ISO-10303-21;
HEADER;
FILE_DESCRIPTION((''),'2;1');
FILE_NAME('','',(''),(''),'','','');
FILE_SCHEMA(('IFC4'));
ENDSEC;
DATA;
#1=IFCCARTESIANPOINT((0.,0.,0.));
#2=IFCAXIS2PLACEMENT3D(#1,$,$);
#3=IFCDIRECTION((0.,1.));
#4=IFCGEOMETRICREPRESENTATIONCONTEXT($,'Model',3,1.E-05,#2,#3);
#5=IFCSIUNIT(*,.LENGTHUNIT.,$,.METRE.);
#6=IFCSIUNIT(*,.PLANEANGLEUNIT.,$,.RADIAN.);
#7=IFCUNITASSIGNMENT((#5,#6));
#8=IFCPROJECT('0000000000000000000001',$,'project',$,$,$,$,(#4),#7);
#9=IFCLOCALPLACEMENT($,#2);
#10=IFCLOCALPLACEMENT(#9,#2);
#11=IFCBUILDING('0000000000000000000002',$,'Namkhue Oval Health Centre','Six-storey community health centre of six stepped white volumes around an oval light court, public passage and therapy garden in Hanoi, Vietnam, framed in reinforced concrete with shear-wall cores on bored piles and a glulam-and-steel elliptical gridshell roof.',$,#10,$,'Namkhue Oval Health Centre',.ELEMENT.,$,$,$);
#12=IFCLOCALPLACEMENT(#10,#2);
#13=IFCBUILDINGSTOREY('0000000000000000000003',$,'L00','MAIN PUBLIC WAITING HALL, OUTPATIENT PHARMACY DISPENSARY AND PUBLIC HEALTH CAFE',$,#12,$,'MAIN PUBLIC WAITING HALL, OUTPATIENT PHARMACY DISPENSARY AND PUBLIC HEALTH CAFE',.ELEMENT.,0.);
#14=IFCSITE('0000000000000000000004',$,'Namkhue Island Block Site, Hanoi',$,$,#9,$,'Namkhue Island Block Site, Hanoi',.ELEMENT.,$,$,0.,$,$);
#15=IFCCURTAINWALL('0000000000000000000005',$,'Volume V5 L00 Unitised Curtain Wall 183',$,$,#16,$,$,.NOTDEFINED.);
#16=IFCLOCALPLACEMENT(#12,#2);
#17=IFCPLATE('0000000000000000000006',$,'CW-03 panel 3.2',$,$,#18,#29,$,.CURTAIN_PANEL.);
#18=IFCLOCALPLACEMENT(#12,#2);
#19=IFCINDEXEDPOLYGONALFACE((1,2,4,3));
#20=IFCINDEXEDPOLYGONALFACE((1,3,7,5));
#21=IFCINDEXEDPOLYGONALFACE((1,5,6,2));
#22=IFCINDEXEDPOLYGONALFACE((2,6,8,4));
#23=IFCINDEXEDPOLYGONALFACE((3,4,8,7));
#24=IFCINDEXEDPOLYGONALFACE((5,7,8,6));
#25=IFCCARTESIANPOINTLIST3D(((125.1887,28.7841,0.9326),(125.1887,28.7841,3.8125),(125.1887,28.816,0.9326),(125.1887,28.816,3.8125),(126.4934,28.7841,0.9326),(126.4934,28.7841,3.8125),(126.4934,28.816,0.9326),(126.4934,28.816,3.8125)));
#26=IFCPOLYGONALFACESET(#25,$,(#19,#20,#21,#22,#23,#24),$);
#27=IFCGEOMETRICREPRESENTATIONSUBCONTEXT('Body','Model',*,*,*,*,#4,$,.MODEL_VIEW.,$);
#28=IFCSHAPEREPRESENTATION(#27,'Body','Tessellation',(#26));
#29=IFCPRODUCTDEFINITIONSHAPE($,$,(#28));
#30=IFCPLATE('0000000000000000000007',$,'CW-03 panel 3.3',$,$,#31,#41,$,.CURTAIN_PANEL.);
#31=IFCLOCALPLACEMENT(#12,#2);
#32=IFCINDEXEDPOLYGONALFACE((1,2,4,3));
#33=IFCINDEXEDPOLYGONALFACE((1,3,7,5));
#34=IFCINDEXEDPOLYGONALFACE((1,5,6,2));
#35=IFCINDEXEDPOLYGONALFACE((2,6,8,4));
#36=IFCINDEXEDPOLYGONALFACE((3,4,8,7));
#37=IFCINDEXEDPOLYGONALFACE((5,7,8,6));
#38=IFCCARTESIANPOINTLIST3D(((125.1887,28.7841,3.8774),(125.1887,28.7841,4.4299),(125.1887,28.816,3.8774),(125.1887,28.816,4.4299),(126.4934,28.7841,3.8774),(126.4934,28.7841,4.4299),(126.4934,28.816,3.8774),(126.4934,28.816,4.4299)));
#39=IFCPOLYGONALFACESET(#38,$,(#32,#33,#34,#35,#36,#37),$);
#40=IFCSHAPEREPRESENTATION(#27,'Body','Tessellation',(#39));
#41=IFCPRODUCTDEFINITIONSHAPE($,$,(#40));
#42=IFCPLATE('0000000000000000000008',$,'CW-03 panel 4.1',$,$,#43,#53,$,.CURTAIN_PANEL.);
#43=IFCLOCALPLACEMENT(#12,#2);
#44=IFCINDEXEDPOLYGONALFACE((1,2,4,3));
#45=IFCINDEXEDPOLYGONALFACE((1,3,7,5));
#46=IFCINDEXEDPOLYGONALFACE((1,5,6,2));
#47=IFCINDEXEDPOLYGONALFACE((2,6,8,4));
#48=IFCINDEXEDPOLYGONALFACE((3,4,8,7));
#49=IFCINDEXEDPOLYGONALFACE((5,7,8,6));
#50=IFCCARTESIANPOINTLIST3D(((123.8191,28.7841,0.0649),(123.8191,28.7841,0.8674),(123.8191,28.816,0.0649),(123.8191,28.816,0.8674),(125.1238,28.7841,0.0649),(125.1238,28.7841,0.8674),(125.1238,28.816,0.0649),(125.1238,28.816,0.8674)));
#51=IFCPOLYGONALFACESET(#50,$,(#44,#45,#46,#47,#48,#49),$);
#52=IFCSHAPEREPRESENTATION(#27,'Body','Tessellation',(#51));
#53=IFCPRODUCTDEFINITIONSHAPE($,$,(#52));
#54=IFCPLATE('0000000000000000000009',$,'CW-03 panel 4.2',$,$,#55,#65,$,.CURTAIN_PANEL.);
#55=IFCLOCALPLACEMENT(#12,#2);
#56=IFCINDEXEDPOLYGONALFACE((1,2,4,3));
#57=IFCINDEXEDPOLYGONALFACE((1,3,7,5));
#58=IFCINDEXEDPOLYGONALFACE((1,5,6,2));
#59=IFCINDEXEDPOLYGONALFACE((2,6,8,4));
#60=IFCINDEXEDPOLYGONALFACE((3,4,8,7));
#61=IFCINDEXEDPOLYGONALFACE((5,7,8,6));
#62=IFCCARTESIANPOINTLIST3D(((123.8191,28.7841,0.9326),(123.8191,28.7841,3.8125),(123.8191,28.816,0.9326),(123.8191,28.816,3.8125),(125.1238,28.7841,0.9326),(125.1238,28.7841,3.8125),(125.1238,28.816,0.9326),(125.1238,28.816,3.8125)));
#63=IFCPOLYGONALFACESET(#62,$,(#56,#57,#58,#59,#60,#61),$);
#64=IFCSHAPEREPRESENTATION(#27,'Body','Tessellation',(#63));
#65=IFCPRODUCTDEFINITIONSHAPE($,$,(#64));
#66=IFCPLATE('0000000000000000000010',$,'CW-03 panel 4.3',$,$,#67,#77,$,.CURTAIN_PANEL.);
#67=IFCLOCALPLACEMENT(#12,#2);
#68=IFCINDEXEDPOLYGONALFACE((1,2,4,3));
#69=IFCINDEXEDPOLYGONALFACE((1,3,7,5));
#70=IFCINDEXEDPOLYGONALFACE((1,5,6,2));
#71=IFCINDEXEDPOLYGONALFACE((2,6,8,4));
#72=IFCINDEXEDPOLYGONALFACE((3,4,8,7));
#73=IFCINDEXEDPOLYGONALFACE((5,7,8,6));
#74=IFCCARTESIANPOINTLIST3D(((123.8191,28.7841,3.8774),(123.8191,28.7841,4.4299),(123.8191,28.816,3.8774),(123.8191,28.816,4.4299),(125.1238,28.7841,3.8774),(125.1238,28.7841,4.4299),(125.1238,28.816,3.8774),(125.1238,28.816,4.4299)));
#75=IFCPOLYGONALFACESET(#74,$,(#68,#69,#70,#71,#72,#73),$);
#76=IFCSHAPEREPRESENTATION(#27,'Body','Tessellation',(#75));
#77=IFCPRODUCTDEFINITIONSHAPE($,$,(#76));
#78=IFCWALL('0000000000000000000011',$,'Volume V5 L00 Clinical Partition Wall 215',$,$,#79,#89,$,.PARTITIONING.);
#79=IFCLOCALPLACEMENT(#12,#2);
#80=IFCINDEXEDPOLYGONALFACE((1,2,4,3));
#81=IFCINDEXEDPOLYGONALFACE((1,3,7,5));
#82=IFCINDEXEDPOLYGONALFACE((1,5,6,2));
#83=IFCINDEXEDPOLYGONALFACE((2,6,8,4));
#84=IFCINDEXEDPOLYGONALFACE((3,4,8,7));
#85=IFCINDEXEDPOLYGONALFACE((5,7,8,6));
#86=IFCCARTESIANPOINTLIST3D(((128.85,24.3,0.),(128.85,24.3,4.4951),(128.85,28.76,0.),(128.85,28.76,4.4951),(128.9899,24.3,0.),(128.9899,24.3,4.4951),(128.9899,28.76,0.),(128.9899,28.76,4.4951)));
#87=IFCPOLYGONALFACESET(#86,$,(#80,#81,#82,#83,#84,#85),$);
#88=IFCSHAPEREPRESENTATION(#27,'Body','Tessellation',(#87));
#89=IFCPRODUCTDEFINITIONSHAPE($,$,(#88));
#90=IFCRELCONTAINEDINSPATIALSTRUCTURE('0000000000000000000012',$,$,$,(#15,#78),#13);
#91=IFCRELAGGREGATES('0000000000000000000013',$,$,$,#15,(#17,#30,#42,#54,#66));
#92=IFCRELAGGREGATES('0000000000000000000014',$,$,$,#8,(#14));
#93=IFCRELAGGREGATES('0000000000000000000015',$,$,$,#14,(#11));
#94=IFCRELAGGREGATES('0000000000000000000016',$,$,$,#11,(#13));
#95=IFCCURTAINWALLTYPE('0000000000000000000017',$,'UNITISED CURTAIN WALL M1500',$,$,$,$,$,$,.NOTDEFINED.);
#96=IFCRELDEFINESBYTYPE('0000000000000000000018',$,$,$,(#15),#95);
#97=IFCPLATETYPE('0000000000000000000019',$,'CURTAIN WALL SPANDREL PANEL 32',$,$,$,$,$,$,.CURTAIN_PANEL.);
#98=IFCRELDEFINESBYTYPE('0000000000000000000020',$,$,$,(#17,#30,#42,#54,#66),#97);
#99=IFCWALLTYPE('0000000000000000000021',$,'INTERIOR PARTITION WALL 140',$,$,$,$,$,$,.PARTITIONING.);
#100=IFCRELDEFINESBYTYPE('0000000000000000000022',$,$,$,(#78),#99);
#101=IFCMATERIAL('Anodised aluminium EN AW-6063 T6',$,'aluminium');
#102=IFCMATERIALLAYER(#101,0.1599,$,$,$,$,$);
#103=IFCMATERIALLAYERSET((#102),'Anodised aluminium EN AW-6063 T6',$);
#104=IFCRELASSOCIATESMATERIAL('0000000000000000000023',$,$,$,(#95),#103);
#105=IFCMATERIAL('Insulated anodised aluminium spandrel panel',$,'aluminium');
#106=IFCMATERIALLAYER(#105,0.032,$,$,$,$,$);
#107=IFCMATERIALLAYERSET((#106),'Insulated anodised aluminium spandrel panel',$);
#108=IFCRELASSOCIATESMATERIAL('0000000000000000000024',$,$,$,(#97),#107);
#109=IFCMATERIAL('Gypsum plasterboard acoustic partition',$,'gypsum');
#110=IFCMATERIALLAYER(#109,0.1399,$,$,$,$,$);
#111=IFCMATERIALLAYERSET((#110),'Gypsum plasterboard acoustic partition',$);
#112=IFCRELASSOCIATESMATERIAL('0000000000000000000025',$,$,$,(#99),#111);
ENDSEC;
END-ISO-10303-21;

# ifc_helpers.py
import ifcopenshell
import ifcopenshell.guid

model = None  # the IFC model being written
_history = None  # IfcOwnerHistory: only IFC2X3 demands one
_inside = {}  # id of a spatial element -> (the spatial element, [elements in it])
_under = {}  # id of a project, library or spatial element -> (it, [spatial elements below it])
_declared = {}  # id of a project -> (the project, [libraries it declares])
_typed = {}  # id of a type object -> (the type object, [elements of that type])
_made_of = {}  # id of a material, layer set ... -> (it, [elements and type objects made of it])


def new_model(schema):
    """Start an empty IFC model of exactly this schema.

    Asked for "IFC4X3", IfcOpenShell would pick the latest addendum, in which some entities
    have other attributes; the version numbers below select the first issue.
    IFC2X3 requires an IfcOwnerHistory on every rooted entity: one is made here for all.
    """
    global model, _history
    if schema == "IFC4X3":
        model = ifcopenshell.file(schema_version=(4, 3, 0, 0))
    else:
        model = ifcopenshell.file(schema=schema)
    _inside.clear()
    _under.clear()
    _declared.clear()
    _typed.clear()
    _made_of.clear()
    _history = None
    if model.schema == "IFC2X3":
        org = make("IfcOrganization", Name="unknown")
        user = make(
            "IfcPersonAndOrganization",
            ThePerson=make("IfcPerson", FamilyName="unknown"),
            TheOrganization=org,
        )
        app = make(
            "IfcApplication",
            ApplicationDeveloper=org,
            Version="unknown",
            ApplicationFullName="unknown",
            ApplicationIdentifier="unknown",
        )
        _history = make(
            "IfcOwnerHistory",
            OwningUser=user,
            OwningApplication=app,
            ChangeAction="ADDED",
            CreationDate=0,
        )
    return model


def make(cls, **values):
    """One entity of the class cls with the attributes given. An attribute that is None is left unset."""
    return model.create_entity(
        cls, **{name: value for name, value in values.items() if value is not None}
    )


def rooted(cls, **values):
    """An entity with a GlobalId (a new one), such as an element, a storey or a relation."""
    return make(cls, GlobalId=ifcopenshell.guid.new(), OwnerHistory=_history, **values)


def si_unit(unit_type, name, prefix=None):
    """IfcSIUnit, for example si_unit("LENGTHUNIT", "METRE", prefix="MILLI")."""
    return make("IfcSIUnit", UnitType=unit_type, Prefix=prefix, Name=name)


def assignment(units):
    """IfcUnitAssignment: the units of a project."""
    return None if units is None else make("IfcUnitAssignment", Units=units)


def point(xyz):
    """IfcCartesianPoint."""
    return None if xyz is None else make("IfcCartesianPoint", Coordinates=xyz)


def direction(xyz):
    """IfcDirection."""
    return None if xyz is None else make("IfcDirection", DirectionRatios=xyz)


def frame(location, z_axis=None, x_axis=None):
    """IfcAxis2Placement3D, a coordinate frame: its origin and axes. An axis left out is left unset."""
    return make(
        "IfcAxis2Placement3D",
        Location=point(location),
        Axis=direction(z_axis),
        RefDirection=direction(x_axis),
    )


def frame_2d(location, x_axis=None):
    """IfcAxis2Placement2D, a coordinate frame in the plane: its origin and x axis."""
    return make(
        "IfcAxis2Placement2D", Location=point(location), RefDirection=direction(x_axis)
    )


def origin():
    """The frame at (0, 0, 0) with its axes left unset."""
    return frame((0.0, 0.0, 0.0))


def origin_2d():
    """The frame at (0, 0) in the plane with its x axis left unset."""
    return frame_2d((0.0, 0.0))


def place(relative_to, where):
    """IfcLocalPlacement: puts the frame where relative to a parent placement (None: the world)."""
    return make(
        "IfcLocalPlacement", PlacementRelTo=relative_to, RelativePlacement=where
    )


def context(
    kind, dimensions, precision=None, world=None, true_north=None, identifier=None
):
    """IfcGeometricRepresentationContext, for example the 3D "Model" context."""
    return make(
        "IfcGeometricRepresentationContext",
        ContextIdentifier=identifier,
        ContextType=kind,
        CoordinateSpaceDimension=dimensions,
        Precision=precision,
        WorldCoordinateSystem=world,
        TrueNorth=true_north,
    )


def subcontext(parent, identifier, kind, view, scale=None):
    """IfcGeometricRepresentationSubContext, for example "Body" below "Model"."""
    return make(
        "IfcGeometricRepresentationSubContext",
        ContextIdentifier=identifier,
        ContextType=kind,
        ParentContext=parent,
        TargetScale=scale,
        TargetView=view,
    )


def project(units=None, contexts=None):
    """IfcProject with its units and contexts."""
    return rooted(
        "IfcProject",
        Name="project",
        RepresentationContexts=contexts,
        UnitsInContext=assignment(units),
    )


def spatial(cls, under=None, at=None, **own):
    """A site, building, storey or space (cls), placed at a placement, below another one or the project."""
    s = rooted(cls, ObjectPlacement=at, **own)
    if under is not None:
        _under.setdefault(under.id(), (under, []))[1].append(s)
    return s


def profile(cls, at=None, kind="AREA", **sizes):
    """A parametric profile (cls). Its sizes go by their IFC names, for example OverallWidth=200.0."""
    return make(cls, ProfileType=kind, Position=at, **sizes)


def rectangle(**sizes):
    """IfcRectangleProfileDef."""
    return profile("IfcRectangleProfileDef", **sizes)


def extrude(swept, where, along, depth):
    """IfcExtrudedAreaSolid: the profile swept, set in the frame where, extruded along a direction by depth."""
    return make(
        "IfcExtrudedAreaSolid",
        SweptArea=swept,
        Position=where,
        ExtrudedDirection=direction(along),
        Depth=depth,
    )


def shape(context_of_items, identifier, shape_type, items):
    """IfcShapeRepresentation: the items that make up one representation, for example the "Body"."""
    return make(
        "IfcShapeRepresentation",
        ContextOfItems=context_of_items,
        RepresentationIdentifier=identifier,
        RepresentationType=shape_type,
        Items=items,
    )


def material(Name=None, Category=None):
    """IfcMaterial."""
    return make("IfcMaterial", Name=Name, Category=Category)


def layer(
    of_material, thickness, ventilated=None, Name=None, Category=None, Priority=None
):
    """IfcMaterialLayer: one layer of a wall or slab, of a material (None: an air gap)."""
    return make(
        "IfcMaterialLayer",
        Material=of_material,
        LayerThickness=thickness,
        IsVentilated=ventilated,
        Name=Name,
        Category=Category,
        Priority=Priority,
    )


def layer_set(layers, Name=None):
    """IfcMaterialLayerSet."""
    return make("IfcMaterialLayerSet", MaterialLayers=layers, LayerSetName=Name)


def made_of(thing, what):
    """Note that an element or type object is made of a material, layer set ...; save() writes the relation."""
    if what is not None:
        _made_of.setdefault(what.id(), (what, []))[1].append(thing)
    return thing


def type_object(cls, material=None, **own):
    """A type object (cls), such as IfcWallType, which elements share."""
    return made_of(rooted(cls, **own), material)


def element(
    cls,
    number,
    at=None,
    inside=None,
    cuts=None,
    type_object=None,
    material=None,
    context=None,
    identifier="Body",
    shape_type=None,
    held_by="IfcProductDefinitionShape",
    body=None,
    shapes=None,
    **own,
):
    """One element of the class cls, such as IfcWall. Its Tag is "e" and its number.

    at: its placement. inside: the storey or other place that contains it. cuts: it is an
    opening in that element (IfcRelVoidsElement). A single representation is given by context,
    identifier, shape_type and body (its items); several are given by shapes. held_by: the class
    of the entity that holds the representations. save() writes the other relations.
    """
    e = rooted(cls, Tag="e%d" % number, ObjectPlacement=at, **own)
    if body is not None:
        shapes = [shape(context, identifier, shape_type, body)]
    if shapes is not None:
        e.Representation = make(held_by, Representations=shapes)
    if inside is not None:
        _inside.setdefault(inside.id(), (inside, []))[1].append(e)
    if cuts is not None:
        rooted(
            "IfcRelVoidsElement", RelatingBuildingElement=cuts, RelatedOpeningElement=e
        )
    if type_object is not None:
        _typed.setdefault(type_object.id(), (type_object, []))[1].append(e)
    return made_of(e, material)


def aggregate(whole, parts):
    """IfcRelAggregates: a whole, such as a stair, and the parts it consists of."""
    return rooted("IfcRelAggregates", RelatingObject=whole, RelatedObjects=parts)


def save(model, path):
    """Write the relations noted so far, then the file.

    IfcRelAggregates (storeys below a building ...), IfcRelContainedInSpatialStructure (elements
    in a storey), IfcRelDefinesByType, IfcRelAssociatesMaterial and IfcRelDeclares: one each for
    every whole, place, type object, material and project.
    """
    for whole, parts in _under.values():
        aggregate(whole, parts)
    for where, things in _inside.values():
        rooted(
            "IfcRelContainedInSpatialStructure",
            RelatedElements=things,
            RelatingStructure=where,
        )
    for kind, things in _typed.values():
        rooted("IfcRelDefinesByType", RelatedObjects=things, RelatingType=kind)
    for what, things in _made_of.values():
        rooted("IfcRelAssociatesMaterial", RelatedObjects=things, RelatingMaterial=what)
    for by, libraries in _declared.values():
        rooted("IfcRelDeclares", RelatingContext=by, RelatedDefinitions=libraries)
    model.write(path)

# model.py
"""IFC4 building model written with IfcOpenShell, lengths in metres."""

from ifc_helpers import new_model, si_unit, direction, frame, frame_2d, origin, origin_2d, place, context, subcontext, project, spatial, rectangle, extrude, material, layer, layer_set, type_object, element, aggregate, save


model = new_model("IFC4")

# Units and contexts
model_context = context("Model", 3, precision=1e-05, world=origin(), true_north=direction((0.0, 1.0)))
body_context = subcontext(model_context, "Body", "Model", "MODEL_VIEW")
ifc_project = project(units=[si_unit("LENGTHUNIT", "METRE"), si_unit("PLANEANGLEUNIT", "RADIAN")], contexts=[model_context])

# Site, building, storey
site_placement = place(None, origin())
site = spatial("IfcSite", under=ifc_project, at=site_placement, Name="Namkhue Island Block Site, Hanoi", LongName="Namkhue Island Block Site, Hanoi", CompositionType="ELEMENT", RefElevation=0.0)
building_placement = place(site_placement, origin())
building = spatial("IfcBuilding", under=site, at=building_placement, Name="Namkhue Oval Health Centre", Description="Six-storey community health centre of six stepped white volumes around an oval light court, public passage and therapy garden in Hanoi, Vietnam, framed in reinforced concrete with shear-wall cores on bored piles and a glulam-and-steel elliptical gridshell roof.", LongName="Namkhue Oval Health Centre", CompositionType="ELEMENT")
storey_placement = place(building_placement, origin())
storey = spatial("IfcBuildingStorey", under=building, at=storey_placement, Name="L00", Description="MAIN PUBLIC WAITING HALL, OUTPATIENT PHARMACY DISPENSARY AND PUBLIC HEALTH CAFE", LongName="MAIN PUBLIC WAITING HALL, OUTPATIENT PHARMACY DISPENSARY AND PUBLIC HEALTH CAFE", CompositionType="ELEMENT", Elevation=0.0)

# Shared definitions
ifc_material_1 = material(Name="Anodised aluminium EN AW-6063 T6", Category="aluminium")

# Curtain wall
ifc_layer_1 = layer(ifc_material_1, 0.1599)
ifc_layer_set_1 = layer_set([ifc_layer_1], Name="Anodised aluminium EN AW-6063 T6")
curtain_wall_type_1 = type_object("IfcCurtainWallType", Name="UNITISED CURTAIN WALL M1500", PredefinedType="NOTDEFINED", material=ifc_layer_set_1)
curtain_wall_1_placement = place(storey_placement, origin())
curtain_wall_1 = element("IfcCurtainWall", 1, at=curtain_wall_1_placement, inside=storey, type_object=curtain_wall_type_1, Name="Volume V5 L00 Unitised Curtain Wall 183", PredefinedType="NOTDEFINED")

# Plates
ifc_material_2 = material(Name="Insulated anodised aluminium spandrel panel", Category="aluminium")
ifc_layer_2 = layer(ifc_material_2, 0.032)
ifc_layer_set_2 = layer_set([ifc_layer_2], Name="Insulated anodised aluminium spandrel panel")
plate_type_1 = type_object("IfcPlateType", Name="CURTAIN WALL SPANDREL PANEL 32", PredefinedType="CURTAIN_PANEL", material=ifc_layer_set_2)
plate_1_placement = place(storey_placement, frame((125.8411, 28.8, 0.9326), z_axis=(0.0, 0.0, 1.0), x_axis=(-1.0, 0.0, 0.0)))
plate_1 = element("IfcPlate", 2, at=plate_1_placement, type_object=plate_type_1, Name="CW-03 panel 3.2", PredefinedType="CURTAIN_PANEL", context=body_context, shape_type="SweptSolid", body=[
    extrude(rectangle(XDim=1.3047, YDim=0.032, at=origin_2d()), origin(), (0.0, 0.0, 1.0), 2.8799),
])
plate_2_placement = place(storey_placement, frame((125.8411, 28.8, 3.8774), z_axis=(0.0, 0.0, 1.0), x_axis=(-1.0, 0.0, 0.0)))
plate_2 = element("IfcPlate", 3, at=plate_2_placement, type_object=plate_type_1, Name="CW-03 panel 3.3", PredefinedType="CURTAIN_PANEL", context=body_context, shape_type="SweptSolid", body=[
    extrude(rectangle(XDim=1.3047, YDim=0.032, at=origin_2d()), origin(), (0.0, 0.0, 1.0), 0.5525),
])
plate_3_placement = place(storey_placement, frame((124.4714, 28.8, 0.0649), z_axis=(0.0, 0.0, 1.0), x_axis=(-1.0, 0.0, 0.0)))
plate_3 = element("IfcPlate", 4, at=plate_3_placement, type_object=plate_type_1, Name="CW-03 panel 4.1", PredefinedType="CURTAIN_PANEL", context=body_context, shape_type="SweptSolid", body=[
    extrude(rectangle(XDim=1.3047, YDim=0.032, at=origin_2d()), origin(), (0.0, 0.0, 1.0), 0.8025),
])
plate_4_placement = place(storey_placement, frame((124.4714, 28.8, 0.9326), z_axis=(0.0, 0.0, 1.0), x_axis=(-1.0, 0.0, 0.0)))
plate_4 = element("IfcPlate", 5, at=plate_4_placement, type_object=plate_type_1, Name="CW-03 panel 4.2", PredefinedType="CURTAIN_PANEL", context=body_context, shape_type="SweptSolid", body=[
    extrude(rectangle(XDim=1.3047, YDim=0.032, at=origin_2d()), origin(), (0.0, 0.0, 1.0), 2.8799),
])
plate_5_placement = place(storey_placement, frame((124.4714, 28.8, 3.8774), z_axis=(0.0, 0.0, 1.0), x_axis=(-1.0, 0.0, 0.0)))
plate_5 = element("IfcPlate", 6, at=plate_5_placement, type_object=plate_type_1, Name="CW-03 panel 4.3", PredefinedType="CURTAIN_PANEL", context=body_context, shape_type="SweptSolid", body=[
    extrude(rectangle(XDim=1.3047, YDim=0.032, at=origin_2d()), origin(), (0.0, 0.0, 1.0), 0.5525),
])
aggregate(curtain_wall_1, [plate_1, plate_2, plate_3, plate_4, plate_5])

# Wall
ifc_material_3 = material(Name="Gypsum plasterboard acoustic partition", Category="gypsum")
ifc_layer_3 = layer(ifc_material_3, 0.1399)
ifc_layer_set_3 = layer_set([ifc_layer_3], Name="Gypsum plasterboard acoustic partition")
wall_type = type_object("IfcWallType", Name="INTERIOR PARTITION WALL 140", PredefinedType="PARTITIONING", material=ifc_layer_set_3)
wall_placement = place(storey_placement, frame((128.9199, 24.3, 0.0), z_axis=(0.0, 0.0, 1.0), x_axis=(0.0, 1.0, 0.0)))
element("IfcWall", 7, at=wall_placement, inside=storey, type_object=wall_type, Name="Volume V5 L00 Clinical Partition Wall 215", PredefinedType="PARTITIONING", context=body_context, shape_type="SweptSolid", body=[
    extrude(rectangle(XDim=4.46, YDim=0.1399, at=frame_2d((2.23, 0.0))), origin(), (0.0, 0.0, 1.0), 4.4951),
])

save(model, "model.ifc")
